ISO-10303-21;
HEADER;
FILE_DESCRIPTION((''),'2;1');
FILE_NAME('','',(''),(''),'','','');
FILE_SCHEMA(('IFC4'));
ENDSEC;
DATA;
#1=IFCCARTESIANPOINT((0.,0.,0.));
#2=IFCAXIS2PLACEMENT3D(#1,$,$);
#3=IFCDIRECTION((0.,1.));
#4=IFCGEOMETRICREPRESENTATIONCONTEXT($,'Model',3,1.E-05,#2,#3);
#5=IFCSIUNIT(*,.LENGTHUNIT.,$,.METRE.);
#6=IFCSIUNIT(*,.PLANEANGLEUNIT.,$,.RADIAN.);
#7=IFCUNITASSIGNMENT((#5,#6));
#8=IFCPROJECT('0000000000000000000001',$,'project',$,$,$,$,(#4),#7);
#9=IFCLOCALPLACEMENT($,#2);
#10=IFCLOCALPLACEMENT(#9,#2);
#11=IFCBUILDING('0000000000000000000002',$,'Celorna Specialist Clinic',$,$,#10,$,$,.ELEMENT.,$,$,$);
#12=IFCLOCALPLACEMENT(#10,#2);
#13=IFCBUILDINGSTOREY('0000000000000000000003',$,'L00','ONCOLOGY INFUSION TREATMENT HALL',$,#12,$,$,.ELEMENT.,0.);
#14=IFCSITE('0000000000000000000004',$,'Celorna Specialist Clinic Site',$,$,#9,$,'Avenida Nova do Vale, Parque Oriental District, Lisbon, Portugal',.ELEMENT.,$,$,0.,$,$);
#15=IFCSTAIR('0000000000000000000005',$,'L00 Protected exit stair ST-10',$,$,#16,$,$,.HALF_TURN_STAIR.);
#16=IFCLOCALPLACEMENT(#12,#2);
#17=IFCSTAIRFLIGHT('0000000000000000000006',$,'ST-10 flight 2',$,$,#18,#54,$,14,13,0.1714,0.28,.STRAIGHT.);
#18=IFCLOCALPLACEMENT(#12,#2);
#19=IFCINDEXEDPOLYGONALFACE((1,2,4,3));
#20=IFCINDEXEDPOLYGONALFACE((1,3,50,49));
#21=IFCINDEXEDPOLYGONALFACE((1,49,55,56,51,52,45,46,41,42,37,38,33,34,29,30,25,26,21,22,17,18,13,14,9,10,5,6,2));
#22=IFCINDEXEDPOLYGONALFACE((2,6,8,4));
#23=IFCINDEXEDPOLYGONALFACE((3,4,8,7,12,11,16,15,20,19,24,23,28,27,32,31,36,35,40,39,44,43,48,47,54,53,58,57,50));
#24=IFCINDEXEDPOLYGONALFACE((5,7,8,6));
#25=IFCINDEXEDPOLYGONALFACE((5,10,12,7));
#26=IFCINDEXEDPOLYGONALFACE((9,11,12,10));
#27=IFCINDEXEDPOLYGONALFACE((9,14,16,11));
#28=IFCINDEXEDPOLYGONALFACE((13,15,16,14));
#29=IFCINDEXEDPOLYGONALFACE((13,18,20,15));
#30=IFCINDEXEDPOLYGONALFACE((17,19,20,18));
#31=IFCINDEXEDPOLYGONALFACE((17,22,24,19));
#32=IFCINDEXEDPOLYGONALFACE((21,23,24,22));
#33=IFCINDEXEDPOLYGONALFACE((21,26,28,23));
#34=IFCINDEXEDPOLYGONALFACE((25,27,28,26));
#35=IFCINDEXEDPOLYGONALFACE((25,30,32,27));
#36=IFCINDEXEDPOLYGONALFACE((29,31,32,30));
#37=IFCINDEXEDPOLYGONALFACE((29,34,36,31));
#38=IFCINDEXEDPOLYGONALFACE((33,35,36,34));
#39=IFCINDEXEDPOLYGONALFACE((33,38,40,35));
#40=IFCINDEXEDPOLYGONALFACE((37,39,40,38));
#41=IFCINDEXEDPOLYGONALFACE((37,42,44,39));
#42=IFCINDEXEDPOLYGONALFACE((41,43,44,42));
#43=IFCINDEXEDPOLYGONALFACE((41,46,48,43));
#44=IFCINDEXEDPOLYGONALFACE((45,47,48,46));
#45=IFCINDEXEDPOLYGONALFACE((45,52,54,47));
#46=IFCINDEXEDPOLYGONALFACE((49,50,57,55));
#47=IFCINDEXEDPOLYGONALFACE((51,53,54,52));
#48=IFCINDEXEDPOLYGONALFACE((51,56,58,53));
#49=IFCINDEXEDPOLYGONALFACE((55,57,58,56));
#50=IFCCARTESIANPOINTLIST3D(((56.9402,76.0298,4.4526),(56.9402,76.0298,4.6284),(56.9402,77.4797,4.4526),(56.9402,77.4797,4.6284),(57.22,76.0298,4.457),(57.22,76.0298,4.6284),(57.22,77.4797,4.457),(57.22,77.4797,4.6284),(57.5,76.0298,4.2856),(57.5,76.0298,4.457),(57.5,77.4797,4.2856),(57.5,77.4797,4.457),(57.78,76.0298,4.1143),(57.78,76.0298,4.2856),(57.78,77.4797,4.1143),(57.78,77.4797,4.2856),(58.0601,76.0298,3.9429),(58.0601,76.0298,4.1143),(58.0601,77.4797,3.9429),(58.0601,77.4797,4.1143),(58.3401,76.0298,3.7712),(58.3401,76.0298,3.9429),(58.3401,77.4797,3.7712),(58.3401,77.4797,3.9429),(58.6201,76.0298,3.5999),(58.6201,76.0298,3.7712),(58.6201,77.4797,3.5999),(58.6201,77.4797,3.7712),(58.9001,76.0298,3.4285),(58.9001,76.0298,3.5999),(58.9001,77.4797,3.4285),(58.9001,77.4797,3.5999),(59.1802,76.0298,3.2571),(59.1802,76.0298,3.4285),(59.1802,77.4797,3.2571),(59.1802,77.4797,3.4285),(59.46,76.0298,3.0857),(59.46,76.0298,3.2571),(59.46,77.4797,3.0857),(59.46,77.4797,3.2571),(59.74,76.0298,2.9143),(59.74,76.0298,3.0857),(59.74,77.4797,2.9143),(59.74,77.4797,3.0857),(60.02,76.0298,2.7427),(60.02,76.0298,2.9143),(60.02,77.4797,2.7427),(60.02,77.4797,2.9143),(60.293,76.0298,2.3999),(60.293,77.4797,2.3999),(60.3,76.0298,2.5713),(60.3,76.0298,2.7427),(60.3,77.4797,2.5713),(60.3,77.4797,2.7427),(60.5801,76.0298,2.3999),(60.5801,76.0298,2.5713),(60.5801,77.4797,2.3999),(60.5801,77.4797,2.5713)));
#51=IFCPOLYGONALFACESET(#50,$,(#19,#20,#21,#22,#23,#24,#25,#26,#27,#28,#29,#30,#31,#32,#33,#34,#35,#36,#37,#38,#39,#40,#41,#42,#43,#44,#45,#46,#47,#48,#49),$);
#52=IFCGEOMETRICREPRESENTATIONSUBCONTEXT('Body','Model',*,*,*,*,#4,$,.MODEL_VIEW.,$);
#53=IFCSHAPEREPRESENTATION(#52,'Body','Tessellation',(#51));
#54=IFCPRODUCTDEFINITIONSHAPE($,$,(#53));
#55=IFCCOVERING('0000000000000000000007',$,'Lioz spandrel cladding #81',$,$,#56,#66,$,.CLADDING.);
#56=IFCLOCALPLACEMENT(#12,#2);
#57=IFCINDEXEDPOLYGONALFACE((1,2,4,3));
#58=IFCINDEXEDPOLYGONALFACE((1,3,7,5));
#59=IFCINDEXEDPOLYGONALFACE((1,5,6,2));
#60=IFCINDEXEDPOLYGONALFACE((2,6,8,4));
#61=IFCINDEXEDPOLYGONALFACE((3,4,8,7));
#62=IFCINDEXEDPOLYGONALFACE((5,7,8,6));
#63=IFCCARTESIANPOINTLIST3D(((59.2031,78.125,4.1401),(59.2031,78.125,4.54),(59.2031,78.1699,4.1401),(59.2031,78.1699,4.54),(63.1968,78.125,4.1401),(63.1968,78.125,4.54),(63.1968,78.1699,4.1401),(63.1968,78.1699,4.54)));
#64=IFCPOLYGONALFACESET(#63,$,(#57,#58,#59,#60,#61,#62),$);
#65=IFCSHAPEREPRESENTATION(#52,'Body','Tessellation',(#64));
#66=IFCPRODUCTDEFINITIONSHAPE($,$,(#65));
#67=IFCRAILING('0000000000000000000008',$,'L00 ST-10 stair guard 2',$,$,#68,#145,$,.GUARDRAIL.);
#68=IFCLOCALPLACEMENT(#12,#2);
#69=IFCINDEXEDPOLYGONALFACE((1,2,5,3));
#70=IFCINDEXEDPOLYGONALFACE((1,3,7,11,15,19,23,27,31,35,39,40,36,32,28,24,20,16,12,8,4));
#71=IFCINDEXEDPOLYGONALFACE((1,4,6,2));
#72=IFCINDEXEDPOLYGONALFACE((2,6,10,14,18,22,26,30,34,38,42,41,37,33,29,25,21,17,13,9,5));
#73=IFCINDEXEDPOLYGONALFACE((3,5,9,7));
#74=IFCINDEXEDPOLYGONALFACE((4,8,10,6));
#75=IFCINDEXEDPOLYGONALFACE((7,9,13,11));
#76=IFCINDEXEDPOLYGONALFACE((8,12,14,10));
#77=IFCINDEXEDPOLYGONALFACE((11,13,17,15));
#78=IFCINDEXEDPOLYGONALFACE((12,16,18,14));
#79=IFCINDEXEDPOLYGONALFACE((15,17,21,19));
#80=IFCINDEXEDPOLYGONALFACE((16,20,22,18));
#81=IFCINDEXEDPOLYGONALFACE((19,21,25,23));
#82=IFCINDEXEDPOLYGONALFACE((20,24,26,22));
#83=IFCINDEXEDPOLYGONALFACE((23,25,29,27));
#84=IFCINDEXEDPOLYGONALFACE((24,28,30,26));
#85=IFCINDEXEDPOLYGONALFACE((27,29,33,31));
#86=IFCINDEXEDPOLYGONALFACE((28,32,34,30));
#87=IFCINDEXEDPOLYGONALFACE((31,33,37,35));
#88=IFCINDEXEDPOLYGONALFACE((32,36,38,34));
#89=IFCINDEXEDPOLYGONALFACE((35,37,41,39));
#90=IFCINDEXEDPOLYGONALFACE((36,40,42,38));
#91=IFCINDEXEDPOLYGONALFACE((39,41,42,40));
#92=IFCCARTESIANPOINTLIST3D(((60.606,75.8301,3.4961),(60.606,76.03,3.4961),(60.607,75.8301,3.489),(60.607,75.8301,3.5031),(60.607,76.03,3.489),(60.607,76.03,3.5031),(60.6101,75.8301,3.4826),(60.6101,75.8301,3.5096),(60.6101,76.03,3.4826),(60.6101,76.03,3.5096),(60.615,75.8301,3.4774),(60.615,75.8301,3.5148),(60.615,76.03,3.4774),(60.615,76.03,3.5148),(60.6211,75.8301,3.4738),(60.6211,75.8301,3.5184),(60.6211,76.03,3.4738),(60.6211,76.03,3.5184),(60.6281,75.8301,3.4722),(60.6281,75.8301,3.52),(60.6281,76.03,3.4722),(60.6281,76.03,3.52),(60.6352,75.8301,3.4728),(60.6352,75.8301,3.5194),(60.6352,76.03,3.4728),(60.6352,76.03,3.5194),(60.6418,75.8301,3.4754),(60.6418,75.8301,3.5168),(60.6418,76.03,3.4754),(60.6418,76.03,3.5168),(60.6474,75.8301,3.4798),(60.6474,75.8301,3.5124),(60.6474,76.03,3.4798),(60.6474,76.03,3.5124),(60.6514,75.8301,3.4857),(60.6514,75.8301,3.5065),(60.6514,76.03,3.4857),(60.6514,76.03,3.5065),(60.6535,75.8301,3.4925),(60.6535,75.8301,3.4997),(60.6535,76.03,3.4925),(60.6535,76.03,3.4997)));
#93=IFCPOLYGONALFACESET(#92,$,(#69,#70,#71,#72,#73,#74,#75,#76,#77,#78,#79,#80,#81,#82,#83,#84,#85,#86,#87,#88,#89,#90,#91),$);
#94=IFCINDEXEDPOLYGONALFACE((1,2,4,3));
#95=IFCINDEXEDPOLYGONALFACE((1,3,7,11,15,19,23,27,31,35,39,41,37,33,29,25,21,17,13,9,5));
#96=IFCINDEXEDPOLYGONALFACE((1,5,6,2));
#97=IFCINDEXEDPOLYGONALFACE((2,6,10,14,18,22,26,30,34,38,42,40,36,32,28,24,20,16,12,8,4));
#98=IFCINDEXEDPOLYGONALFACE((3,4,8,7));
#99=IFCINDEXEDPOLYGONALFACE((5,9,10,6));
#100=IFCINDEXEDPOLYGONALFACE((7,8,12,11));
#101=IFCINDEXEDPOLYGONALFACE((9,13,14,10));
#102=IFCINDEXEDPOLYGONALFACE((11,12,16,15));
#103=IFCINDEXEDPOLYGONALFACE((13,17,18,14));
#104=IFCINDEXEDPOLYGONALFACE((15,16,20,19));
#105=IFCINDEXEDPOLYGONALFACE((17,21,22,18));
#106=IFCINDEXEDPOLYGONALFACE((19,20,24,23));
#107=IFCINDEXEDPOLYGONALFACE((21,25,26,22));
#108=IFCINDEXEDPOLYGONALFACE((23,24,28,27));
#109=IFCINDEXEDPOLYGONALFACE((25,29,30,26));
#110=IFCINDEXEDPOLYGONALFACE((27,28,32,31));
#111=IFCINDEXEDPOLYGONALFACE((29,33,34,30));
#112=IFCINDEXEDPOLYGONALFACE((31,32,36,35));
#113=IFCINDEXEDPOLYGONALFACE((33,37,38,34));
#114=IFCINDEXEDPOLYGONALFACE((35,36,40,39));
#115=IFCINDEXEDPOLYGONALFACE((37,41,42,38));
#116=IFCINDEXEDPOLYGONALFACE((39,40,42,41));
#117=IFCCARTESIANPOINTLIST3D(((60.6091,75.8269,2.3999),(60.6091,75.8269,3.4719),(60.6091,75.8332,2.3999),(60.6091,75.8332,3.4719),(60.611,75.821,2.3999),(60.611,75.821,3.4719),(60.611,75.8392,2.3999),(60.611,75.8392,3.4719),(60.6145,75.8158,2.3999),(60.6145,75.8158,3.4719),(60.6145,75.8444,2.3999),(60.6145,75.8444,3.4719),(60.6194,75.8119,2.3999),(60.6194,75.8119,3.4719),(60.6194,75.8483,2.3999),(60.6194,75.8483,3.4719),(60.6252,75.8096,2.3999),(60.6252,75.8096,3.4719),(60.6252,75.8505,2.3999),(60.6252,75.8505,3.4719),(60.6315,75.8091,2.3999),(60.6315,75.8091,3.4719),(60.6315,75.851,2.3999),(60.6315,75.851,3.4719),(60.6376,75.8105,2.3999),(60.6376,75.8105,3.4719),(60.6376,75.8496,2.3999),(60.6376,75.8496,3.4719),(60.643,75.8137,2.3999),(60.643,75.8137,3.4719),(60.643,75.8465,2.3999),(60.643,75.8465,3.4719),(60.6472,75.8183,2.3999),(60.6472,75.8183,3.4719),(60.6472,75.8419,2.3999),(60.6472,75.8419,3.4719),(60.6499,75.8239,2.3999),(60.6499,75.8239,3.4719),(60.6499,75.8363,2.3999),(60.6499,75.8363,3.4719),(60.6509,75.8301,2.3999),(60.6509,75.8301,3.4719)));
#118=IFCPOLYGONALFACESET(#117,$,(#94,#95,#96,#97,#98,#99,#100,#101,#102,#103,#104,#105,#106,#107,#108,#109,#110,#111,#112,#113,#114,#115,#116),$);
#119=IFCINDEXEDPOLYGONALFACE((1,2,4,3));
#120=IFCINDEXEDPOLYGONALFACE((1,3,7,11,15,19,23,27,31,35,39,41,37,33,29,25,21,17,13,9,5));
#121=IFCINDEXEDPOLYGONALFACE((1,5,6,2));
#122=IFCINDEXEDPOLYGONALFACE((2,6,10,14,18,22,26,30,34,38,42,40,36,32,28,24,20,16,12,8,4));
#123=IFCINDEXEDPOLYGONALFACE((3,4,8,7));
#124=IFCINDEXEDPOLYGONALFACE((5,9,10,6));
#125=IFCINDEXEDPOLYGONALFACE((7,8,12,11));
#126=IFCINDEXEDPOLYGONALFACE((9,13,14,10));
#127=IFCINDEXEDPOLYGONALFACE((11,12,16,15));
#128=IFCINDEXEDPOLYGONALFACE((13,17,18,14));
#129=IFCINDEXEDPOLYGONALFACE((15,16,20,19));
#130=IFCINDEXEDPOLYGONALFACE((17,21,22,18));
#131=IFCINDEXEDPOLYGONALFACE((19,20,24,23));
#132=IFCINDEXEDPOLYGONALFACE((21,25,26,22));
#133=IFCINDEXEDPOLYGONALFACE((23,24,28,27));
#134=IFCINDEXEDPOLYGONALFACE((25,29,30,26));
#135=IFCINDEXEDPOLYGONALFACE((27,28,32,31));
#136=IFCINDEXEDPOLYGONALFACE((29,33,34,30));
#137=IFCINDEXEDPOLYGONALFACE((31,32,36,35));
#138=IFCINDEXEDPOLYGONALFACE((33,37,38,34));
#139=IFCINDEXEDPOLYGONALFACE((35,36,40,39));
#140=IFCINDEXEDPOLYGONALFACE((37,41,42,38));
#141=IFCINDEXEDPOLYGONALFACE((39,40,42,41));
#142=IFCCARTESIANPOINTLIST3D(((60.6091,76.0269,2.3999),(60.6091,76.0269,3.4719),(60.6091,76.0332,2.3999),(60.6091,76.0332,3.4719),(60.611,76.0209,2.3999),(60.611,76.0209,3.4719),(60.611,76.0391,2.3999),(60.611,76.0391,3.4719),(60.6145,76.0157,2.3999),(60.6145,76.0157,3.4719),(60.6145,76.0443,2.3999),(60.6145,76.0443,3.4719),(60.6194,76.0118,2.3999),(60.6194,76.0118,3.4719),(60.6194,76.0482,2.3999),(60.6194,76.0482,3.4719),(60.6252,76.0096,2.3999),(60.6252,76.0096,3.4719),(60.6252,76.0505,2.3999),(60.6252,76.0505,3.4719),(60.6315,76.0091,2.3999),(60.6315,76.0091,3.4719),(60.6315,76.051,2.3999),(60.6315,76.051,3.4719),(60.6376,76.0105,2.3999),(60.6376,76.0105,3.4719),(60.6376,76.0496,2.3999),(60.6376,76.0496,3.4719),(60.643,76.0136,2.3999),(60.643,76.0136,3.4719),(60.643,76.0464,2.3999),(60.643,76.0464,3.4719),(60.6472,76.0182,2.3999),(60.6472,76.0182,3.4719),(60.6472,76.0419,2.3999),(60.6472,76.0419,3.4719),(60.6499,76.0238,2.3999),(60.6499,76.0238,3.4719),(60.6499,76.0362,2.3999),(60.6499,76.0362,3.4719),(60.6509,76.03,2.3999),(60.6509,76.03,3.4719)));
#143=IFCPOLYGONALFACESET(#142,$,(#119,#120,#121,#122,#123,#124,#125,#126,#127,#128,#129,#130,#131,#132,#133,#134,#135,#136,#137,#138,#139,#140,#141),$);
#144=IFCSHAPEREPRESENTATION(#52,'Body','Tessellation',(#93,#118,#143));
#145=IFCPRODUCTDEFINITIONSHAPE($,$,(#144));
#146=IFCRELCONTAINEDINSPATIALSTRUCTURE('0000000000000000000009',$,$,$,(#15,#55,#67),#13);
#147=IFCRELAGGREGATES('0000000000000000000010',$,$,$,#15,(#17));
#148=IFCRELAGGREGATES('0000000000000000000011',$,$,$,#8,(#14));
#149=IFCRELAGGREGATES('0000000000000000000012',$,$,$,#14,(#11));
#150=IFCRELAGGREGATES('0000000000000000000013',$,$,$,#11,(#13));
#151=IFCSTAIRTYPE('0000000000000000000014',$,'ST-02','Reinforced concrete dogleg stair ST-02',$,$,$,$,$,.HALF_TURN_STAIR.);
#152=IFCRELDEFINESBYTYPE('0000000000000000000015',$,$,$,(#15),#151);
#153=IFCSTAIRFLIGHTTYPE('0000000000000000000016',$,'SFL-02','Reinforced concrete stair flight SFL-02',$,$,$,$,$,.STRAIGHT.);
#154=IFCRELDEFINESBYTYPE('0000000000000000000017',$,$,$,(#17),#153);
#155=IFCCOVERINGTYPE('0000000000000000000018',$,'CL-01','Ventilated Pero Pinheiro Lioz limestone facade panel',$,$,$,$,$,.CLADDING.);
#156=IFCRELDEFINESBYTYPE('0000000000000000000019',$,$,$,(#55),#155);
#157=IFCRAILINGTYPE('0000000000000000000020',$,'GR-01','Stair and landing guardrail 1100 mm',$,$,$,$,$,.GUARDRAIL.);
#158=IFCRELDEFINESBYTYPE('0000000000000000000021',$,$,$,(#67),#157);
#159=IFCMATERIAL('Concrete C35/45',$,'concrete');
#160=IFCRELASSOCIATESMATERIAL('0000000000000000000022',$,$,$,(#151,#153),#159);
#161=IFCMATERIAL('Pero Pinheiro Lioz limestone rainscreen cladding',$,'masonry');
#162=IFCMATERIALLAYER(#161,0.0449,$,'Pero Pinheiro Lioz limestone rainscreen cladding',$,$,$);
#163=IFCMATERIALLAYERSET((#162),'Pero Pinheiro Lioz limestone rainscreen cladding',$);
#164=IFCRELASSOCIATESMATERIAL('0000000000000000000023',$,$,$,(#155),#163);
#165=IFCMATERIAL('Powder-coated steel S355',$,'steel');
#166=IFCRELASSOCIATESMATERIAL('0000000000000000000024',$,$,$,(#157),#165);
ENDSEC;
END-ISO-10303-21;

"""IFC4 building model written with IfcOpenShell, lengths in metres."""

from ifc_helpers import new_model, si_unit, direction, frame, origin, origin_2d, place, context, subcontext, project, spatial, polyline, rectangle, circle, outline, extrude, material, layer, layer_set, type_object, element, aggregate, save


model = new_model("IFC4")

# Units and contexts
model_context = context("Model", 3, precision=1e-05, world=origin(), true_north=direction((0.0, 1.0)))
body_context = subcontext(model_context, "Body", "Model", "MODEL_VIEW")
ifc_project = project(units=[si_unit("LENGTHUNIT", "METRE"), si_unit("PLANEANGLEUNIT", "RADIAN")], contexts=[model_context])

# Site, building, storey
site_placement = place(None, origin())
site = spatial("IfcSite", under=ifc_project, at=site_placement, Name="Celorna Specialist Clinic Site", LongName="Avenida Nova do Vale, Parque Oriental District, Lisbon, Portugal", CompositionType="ELEMENT", RefElevation=0.0)
building_placement = place(site_placement, origin())
building = spatial("IfcBuilding", under=site, at=building_placement, Name="Celorna Specialist Clinic", CompositionType="ELEMENT")
storey_placement = place(building_placement, origin())
storey = spatial("IfcBuildingStorey", under=building, at=storey_placement, Name="L00", Description="ONCOLOGY INFUSION TREATMENT HALL", CompositionType="ELEMENT", Elevation=0.0)

# Shared definitions
ifc_material_1 = material(Name="Concrete C35/45", Category="concrete")

# Stair, stair flight
stair_type = type_object("IfcStairType", Name="ST-02", Description="Reinforced concrete dogleg stair ST-02", PredefinedType="HALF_TURN_STAIR", material=ifc_material_1)
stair_placement = place(storey_placement, origin())
stair = element("IfcStair", 1, at=stair_placement, inside=storey, type_object=stair_type, Name="L00 Protected exit stair ST-10", PredefinedType="HALF_TURN_STAIR")
stair_flight_type = type_object("IfcStairFlightType", Name="SFL-02", Description="Reinforced concrete stair flight SFL-02", PredefinedType="STRAIGHT", material=ifc_material_1)
stair_flight_placement = place(storey_placement, frame((60.5801, 76.7549, 2.3999), z_axis=(0.0, 0.0, 1.0), x_axis=(-1.0, 0.0, 0.0)))
stair_flight = element("IfcStairFlight", 2, at=stair_flight_placement, type_object=stair_flight_type, Name="ST-10 flight 2", NumberOfRisers=14, NumberOfTreads=13, PredefinedType="STRAIGHT", RiserHeight=0.1714, TreadLength=0.28, context=body_context, shape_type="SweptSolid", body=[
    extrude(outline(polyline([(0.0, 0.0), (0.0, 0.1714), (0.28, 0.1714), (0.28, 0.3428), (0.5601, 0.3428), (0.5601, 0.5144), (0.8401, 0.5144), (0.8401, 0.6858), (1.1201, 0.6858), (1.1201, 0.8572), (1.3999, 0.8572), (1.3999, 1.0286), (1.6799, 1.0286), (1.6799, 1.2), (1.96, 1.2), (1.96, 1.3713), (2.24, 1.3713), (2.24, 1.543), (2.52, 1.543), (2.52, 1.7144), (2.8, 1.7144), (2.8, 1.8857), (3.0801, 1.8857), (3.0801, 2.0571), (3.3601, 2.0571), (3.3601, 2.2285), (3.6399, 2.2285), (3.6399, 2.3999), (3.6399, 2.0527), (0.2871, 0.0), (0.0, 0.0)])), frame((0.0, 0.7251, 0.0), z_axis=(0.0, -1.0, 0.0), x_axis=(1.0, 0.0, 0.0)), (0.0, 0.0, 1.0), 1.45),
])
aggregate(stair, [stair_flight])

# Covering
ifc_material_2 = material(Name="Pero Pinheiro Lioz limestone rainscreen cladding", Category="masonry")
ifc_layer_1 = layer(ifc_material_2, 0.0449, Name="Pero Pinheiro Lioz limestone rainscreen cladding")
ifc_layer_set_1 = layer_set([ifc_layer_1], Name="Pero Pinheiro Lioz limestone rainscreen cladding")
covering_type = type_object("IfcCoveringType", Name="CL-01", Description="Ventilated Pero Pinheiro Lioz limestone facade panel", PredefinedType="CLADDING", material=ifc_layer_set_1)
covering_placement = place(storey_placement, frame((61.2, 78.1475, 4.1401), z_axis=(0.0, 0.0, 1.0), x_axis=(1.0, 0.0, 0.0)))
element("IfcCovering", 3, at=covering_placement, inside=storey, type_object=covering_type, Name="Lioz spandrel cladding #81", PredefinedType="CLADDING", context=body_context, shape_type="SweptSolid", body=[
    extrude(rectangle(XDim=3.9937, YDim=0.0449, at=origin_2d()), origin(), (0.0, 0.0, 1.0), 0.3999),
])

# Railing
ifc_material_3 = material(Name="Powder-coated steel S355", Category="steel")
railing_type_1 = type_object("IfcRailingType", Name="GR-01", Description="Stair and landing guardrail 1100 mm", PredefinedType="GUARDRAIL", material=ifc_material_3)
railing_1_placement = place(storey_placement, frame((60.6299, 75.8301, 2.3999)))
element("IfcRailing", 4, at=railing_1_placement, inside=storey, type_object=railing_type_1, Name="L00 ST-10 stair guard 2", PredefinedType="GUARDRAIL", context=body_context, shape_type="SweptSolid", body=[
    extrude(circle(Radius=0.0239, at=origin_2d()), frame((0.0, 0.0, 1.0962), z_axis=(0.0, 1.0, 0.0), x_axis=(-1.0, 0.0, 0.0)), (0.0, 0.0, 1.0), 0.2),
    extrude(circle(Radius=0.021, at=origin_2d()), origin(), (0.0, 0.0, 1.0), 1.072),
    extrude(circle(Radius=0.021, at=origin_2d()), frame((0.0, 0.2, 0.0)), (0.0, 0.0, 1.0), 1.072),
])

save(model, "model.ifc")
